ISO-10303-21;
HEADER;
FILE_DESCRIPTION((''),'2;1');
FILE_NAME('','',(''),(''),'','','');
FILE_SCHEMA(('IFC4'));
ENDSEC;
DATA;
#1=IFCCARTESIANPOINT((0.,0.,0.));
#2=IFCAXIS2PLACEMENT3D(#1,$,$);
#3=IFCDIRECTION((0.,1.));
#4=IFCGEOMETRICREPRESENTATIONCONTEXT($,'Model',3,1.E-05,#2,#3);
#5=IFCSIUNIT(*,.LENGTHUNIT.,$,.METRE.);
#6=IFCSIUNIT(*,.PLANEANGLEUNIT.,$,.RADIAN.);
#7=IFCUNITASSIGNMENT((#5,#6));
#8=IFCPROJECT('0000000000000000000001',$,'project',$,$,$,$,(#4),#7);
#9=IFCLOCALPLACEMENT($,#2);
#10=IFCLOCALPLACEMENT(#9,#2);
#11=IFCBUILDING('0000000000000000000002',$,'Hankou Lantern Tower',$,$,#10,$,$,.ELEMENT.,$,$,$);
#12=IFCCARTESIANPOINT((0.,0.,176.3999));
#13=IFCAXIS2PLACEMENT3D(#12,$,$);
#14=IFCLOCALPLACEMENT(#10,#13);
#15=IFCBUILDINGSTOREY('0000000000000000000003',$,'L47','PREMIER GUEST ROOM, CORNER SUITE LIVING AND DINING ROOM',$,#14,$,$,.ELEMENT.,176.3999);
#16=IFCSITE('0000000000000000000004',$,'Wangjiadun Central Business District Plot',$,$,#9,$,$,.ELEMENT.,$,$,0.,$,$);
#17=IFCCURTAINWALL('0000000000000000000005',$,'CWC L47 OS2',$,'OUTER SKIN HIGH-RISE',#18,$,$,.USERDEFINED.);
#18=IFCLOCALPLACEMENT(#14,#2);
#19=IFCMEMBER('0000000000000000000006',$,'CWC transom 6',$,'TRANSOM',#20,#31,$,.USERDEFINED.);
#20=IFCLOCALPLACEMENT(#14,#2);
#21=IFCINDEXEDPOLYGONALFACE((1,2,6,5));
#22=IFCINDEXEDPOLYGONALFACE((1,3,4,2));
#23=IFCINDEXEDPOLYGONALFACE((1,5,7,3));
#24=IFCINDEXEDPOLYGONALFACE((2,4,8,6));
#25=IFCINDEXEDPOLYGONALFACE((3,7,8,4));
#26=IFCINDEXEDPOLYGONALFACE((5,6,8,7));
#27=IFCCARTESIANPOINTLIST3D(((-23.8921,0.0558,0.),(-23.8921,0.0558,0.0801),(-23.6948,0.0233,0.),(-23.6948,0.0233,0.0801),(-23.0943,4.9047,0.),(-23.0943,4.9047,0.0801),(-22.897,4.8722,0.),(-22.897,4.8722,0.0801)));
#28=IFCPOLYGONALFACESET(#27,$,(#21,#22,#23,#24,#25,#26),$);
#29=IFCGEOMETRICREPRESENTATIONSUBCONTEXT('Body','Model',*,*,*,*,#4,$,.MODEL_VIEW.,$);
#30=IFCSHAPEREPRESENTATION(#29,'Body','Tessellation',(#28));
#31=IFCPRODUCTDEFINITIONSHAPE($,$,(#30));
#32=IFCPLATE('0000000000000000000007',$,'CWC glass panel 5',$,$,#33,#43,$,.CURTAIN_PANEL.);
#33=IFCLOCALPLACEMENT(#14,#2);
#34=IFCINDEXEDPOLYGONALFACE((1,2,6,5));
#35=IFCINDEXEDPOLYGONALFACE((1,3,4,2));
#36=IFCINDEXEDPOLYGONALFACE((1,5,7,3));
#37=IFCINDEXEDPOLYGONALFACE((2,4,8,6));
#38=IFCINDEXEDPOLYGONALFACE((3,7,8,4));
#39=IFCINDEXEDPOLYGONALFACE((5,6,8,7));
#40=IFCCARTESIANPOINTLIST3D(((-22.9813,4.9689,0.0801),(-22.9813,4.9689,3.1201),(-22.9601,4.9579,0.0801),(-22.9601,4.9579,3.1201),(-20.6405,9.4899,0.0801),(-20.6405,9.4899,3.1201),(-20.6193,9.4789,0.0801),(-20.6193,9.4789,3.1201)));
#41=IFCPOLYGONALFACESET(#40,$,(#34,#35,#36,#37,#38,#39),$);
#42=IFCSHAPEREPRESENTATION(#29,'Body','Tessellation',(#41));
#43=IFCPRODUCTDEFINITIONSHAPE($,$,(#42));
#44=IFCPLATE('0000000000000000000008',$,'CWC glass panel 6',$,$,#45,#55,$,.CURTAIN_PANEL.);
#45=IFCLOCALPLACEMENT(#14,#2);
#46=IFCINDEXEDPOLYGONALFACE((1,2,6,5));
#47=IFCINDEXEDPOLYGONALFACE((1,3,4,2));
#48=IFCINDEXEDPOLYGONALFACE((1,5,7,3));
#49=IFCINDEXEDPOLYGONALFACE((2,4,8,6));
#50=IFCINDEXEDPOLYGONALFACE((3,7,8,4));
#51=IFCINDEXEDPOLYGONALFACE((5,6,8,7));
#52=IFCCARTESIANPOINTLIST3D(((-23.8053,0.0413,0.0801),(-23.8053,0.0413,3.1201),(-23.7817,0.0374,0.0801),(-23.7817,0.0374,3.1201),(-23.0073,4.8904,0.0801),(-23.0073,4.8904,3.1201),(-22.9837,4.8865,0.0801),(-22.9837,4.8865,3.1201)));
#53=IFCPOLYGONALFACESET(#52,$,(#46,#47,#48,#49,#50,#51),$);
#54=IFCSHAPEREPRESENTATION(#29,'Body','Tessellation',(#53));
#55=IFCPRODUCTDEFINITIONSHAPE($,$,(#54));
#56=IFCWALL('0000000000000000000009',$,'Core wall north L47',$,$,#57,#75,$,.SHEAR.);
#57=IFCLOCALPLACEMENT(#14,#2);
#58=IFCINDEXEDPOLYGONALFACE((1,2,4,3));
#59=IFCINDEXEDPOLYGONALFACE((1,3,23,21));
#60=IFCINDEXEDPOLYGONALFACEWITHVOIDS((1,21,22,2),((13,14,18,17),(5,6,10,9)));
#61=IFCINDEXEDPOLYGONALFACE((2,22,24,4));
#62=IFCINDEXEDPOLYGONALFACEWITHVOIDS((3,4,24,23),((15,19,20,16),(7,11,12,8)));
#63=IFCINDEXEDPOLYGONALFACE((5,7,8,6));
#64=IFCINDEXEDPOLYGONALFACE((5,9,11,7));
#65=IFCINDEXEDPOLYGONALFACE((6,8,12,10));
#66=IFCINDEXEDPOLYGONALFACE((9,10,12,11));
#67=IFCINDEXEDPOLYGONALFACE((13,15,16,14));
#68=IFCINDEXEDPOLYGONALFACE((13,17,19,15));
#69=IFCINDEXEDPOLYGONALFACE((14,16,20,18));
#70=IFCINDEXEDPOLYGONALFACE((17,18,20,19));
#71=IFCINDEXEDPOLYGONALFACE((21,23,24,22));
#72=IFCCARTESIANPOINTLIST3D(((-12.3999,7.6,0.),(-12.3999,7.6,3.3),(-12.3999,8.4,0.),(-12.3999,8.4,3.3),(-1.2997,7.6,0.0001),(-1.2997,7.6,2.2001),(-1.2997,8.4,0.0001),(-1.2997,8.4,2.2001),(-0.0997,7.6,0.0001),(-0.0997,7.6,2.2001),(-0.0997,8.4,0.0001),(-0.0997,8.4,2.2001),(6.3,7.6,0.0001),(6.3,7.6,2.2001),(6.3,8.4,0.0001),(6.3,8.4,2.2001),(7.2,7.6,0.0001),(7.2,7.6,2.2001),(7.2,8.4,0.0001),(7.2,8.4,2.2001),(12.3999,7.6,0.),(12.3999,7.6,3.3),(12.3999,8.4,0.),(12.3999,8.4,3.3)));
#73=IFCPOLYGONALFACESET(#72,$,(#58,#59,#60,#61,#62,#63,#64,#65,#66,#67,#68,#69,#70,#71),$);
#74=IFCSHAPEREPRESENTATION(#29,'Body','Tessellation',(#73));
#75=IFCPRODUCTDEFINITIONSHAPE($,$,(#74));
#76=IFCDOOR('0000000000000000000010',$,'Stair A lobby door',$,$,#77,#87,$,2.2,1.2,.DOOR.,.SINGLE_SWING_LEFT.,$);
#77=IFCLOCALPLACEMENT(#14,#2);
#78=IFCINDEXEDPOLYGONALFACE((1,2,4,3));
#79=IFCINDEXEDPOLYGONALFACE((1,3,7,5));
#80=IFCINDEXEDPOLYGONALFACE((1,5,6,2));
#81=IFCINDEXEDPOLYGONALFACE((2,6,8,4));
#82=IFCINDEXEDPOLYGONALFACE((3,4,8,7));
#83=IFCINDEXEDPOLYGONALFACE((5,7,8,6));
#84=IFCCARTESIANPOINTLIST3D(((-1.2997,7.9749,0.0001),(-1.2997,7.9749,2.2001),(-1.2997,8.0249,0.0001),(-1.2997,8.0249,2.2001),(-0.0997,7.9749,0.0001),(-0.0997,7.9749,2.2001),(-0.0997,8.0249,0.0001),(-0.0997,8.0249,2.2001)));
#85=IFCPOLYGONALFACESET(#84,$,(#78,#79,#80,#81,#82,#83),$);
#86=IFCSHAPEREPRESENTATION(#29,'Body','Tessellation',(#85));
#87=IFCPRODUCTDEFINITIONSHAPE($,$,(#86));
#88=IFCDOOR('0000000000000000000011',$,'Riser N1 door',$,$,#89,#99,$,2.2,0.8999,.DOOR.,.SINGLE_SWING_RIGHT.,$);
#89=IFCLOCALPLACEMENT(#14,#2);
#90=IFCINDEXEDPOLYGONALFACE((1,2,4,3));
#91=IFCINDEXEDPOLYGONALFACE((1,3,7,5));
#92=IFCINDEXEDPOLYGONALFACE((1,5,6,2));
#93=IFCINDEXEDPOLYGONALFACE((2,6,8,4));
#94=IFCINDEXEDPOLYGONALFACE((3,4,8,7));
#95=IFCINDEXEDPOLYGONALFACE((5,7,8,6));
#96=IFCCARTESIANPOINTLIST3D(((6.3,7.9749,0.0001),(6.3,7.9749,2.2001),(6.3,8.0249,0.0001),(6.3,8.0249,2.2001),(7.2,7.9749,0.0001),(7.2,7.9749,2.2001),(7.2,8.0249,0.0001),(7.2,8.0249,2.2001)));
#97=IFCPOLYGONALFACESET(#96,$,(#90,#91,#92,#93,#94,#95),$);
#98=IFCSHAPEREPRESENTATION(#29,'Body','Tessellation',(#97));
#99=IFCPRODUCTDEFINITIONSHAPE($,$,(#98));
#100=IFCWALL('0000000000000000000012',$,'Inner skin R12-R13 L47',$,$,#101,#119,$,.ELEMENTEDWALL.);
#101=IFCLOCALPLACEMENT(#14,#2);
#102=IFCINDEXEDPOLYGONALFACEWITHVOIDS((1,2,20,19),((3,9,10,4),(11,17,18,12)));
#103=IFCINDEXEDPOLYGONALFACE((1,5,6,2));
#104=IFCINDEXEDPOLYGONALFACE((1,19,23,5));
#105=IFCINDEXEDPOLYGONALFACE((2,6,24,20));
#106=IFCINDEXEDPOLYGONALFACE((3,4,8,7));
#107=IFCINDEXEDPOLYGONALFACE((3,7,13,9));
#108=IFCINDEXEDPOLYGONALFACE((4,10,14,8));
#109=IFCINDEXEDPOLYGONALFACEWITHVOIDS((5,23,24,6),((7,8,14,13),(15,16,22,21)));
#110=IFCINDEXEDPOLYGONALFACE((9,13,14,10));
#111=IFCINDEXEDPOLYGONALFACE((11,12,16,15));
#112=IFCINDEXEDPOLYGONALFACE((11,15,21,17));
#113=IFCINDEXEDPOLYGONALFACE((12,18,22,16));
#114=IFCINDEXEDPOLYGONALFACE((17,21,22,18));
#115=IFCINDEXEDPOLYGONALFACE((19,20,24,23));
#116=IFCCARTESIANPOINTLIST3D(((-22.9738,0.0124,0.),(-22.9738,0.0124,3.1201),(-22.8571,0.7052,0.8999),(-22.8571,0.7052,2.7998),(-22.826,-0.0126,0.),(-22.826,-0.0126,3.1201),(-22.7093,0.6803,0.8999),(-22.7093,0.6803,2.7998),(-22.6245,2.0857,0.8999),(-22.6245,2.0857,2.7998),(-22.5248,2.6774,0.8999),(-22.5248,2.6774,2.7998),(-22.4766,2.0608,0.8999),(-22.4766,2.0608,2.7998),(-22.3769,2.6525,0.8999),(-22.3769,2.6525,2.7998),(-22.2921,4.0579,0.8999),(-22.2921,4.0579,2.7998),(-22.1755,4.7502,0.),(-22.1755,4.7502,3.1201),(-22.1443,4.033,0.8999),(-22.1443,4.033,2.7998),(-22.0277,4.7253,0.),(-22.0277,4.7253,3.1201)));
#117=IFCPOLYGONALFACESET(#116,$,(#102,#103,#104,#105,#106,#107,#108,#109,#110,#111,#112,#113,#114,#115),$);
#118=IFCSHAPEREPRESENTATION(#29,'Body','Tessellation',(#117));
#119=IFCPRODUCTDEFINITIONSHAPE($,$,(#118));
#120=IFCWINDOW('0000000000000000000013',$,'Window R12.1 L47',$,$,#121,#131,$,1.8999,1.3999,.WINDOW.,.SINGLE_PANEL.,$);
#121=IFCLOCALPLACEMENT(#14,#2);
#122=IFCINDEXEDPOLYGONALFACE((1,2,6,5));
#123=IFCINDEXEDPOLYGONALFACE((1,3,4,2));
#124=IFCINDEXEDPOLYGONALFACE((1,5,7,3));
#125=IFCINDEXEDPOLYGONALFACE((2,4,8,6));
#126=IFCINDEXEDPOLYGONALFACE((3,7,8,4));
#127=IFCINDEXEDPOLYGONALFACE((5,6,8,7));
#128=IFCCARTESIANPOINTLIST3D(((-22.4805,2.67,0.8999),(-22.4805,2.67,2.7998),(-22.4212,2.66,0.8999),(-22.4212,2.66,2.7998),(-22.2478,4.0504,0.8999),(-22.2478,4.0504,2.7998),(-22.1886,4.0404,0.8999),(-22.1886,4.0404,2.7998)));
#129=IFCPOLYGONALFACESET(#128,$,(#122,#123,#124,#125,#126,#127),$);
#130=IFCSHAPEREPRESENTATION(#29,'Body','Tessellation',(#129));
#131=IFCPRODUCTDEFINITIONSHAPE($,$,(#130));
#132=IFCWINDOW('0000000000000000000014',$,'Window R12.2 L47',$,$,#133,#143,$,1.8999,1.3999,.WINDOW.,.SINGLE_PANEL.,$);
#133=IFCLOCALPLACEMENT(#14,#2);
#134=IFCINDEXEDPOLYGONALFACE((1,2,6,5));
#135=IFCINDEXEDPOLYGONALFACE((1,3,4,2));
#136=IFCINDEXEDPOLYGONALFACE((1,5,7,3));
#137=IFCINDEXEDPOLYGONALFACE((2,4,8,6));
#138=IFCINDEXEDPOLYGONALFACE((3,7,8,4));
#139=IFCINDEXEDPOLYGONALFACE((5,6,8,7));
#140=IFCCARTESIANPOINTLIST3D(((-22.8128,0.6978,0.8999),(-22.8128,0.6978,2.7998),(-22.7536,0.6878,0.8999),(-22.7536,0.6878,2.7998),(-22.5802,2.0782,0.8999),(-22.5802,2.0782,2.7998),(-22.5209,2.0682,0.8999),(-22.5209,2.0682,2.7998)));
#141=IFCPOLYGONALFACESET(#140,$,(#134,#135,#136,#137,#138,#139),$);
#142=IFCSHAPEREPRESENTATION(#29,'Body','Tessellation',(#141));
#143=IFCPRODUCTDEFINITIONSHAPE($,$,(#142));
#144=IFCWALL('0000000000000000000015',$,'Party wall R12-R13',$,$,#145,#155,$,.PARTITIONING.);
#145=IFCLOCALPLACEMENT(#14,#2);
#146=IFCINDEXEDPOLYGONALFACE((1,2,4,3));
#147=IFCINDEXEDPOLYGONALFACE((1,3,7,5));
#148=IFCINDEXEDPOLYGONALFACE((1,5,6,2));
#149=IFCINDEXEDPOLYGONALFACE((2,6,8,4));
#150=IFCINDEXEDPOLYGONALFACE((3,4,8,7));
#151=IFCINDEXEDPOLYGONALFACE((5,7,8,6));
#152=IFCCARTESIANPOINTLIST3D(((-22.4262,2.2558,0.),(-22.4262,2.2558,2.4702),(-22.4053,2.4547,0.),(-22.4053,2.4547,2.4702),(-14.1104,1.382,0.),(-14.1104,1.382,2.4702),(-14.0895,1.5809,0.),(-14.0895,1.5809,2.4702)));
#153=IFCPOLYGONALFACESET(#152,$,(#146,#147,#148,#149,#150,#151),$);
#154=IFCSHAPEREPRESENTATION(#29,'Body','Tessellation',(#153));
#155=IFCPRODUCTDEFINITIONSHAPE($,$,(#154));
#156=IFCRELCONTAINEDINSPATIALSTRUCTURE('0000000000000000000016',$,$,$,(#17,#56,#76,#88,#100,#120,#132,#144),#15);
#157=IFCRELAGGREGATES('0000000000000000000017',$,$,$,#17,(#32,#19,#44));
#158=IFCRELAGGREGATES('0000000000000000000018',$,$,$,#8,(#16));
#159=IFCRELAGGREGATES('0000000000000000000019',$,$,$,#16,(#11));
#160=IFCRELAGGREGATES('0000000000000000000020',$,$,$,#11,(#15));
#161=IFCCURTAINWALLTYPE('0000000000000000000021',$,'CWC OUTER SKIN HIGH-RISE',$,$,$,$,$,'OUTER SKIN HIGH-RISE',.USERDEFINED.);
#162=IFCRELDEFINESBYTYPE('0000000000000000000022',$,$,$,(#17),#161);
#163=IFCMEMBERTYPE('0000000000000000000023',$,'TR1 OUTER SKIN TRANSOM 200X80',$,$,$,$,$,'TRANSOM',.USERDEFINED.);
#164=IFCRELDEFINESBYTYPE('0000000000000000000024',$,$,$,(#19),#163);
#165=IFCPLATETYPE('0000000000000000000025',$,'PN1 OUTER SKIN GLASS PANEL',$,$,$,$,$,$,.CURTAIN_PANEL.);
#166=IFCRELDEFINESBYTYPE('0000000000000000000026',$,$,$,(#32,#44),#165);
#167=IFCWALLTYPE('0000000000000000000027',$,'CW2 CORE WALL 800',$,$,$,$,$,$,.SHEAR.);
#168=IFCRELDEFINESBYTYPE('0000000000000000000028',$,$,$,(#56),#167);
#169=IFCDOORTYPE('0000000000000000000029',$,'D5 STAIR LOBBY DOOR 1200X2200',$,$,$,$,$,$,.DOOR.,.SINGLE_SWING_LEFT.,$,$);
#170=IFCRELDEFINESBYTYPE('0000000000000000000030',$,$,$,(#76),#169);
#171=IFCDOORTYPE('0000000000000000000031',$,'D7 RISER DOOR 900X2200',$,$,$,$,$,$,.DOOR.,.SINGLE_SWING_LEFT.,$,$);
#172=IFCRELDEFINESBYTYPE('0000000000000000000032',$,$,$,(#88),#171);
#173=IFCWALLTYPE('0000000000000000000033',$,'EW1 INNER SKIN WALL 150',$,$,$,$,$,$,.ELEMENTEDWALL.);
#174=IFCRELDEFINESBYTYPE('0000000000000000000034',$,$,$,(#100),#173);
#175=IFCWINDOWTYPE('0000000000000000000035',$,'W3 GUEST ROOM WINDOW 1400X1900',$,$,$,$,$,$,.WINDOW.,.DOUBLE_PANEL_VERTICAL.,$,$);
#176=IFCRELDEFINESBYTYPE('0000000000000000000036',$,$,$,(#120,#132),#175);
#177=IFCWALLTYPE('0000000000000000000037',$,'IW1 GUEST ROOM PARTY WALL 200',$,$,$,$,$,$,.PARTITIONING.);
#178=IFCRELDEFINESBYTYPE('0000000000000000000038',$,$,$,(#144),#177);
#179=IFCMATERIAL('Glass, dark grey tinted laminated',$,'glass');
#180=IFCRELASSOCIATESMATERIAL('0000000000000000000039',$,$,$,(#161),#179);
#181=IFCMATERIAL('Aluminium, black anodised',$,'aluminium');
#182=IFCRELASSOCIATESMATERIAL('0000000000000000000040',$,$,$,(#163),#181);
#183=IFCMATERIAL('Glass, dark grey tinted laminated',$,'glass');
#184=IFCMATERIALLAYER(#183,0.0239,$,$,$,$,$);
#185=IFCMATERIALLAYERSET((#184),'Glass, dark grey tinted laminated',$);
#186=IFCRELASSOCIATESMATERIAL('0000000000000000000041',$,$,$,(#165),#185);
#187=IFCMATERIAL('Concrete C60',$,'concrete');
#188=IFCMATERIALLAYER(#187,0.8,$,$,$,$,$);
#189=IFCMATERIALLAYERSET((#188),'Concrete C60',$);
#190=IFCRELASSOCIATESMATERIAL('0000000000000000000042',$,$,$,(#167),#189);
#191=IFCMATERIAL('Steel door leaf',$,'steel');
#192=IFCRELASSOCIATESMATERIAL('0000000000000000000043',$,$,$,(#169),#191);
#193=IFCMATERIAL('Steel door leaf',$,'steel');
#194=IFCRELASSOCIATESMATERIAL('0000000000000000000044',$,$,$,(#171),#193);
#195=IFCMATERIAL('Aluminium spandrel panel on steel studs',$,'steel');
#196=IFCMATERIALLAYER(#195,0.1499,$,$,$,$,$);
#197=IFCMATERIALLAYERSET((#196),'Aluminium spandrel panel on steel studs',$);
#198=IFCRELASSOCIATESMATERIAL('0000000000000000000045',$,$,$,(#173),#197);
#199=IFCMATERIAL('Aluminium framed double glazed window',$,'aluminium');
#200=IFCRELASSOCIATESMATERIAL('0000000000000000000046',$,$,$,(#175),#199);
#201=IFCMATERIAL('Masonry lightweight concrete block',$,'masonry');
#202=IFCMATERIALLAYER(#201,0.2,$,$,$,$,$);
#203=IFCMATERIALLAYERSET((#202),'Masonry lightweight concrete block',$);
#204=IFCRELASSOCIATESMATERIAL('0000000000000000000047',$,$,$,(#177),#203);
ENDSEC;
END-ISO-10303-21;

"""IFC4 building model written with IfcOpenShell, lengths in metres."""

from ifc_helpers import new_model, si_unit, direction, frame, frame_2d, origin, origin_2d, place, context, subcontext, project, spatial, rectangle, extrude, material, layer, layer_set, material_profile, profile_set, type_object, element, fill, aggregate, save


model = new_model("IFC4")

# Units and contexts
model_context = context("Model", 3, precision=1e-05, world=origin(), true_north=direction((0.0, 1.0)))
body_context = subcontext(model_context, "Body", "Model", "MODEL_VIEW")
ifc_project = project(units=[si_unit("LENGTHUNIT", "METRE"), si_unit("PLANEANGLEUNIT", "RADIAN")], contexts=[model_context])

# Site, building, storey
site_placement = place(None, origin())
site = spatial("IfcSite", under=ifc_project, at=site_placement, Name="Wangjiadun Central Business District Plot", CompositionType="ELEMENT", RefElevation=0.0)
building_placement = place(site_placement, origin())
building = spatial("IfcBuilding", under=site, at=building_placement, Name="Hankou Lantern Tower", CompositionType="ELEMENT")
storey_placement = place(building_placement, frame((0.0, 0.0, 176.3999)))
storey = spatial("IfcBuildingStorey", under=building, at=storey_placement, Name="L47", Description="PREMIER GUEST ROOM, CORNER SUITE LIVING AND DINING ROOM", CompositionType="ELEMENT", Elevation=176.3999)

# Curtain wall
ifc_material_1 = material(Name="Glass, dark grey tinted laminated", Category="glass")
curtain_wall_type = type_object("IfcCurtainWallType", Name="CWC OUTER SKIN HIGH-RISE", ElementType="OUTER SKIN HIGH-RISE", PredefinedType="USERDEFINED", material=ifc_material_1)
curtain_wall_placement = place(storey_placement, origin())
curtain_wall = element("IfcCurtainWall", 1, at=curtain_wall_placement, inside=storey, type_object=curtain_wall_type, Name="CWC L47 OS2", ObjectType="OUTER SKIN HIGH-RISE", PredefinedType="USERDEFINED")

# Member
ifc_material_2 = material(Name="Aluminium, black anodised", Category="aluminium")
ifc_material_profile_1 = material_profile(ifc_material_2, rectangle(XDim=0.2, YDim=0.0801, at=origin_2d()), Name="TR1 200X80")
ifc_profile_set_1 = profile_set([ifc_material_profile_1], Name="Aluminium, black anodised")
member_type_1 = type_object("IfcMemberType", Name="TR1 OUTER SKIN TRANSOM 200X80", ElementType="TRANSOM", PredefinedType="USERDEFINED", material=ifc_profile_set_1)
member_1_placement = place(storey_placement, frame((-22.9956, 4.8884, 0.04), z_axis=(-0.16236, -0.986732, 0.0), x_axis=(0.986732, -0.16236, 0.0)))
member_1 = element("IfcMember", 2, at=member_1_placement, type_object=member_type_1, Name="CWC transom 6", ObjectType="TRANSOM", PredefinedType="USERDEFINED", context=body_context, shape_type="SweptSolid", body=[
    extrude(rectangle(XDim=0.2, YDim=0.0801, at=origin_2d()), origin(), (0.0, 0.0, 1.0), 4.9141),
])

# Plates
ifc_material_3 = material(Name="Glass, dark grey tinted laminated", Category="glass")
ifc_layer_1 = layer(ifc_material_3, 0.0239)
ifc_layer_set_1 = layer_set([ifc_layer_1], Name="Glass, dark grey tinted laminated")
plate_type = type_object("IfcPlateType", Name="PN1 OUTER SKIN GLASS PANEL", PredefinedType="CURTAIN_PANEL", material=ifc_layer_set_1)
plate_1_placement = place(storey_placement, frame((-21.8003, 7.2239, 0.0801), z_axis=(0.0, 0.0, 1.0), x_axis=(-0.459791, -0.888027, 0.0)))
plate_1 = element("IfcPlate", 3, at=plate_1_placement, type_object=plate_type, Name="CWC glass panel 5", PredefinedType="CURTAIN_PANEL", context=body_context, shape_type="SweptSolid", body=[
    extrude(rectangle(XDim=5.0911, YDim=0.0239, at=origin_2d()), origin(), (0.0, 0.0, 1.0), 3.04),
])
plate_2_placement = place(storey_placement, frame((-23.3945, 2.4639, 0.0801), z_axis=(0.0, 0.0, 1.0), x_axis=(-0.162382, -0.986728, 0.0)))
plate_2 = element("IfcPlate", 4, at=plate_2_placement, type_object=plate_type, Name="CWC glass panel 6", PredefinedType="CURTAIN_PANEL", context=body_context, shape_type="SweptSolid", body=[
    extrude(rectangle(XDim=4.9143, YDim=0.0239, at=origin_2d()), origin(), (0.0, 0.0, 1.0), 3.04),
])
aggregate(curtain_wall, [plate_1, member_1, plate_2])

# Wall, openings, doors
ifc_material_4 = material(Name="Concrete C60", Category="concrete")
ifc_layer_2 = layer(ifc_material_4, 0.8)
ifc_layer_set_2 = layer_set([ifc_layer_2], Name="Concrete C60")
wall_type_1 = type_object("IfcWallType", Name="CW2 CORE WALL 800", PredefinedType="SHEAR", material=ifc_layer_set_2)
wall_1_placement = place(storey_placement, frame((-12.3999, 8.0, 0.0), z_axis=(0.0, 0.0, 1.0), x_axis=(1.0, 0.0, 0.0)))
wall_1 = element("IfcWall", 5, at=wall_1_placement, inside=storey, type_object=wall_type_1, Name="Core wall north L47", PredefinedType="SHEAR", context=body_context, shape_type="SweptSolid", body=[
    extrude(rectangle(XDim=24.7998, YDim=0.8, at=frame_2d((12.3999, 0.0))), origin(), (0.0, 0.0, 1.0), 3.3),
])
opening_1_placement = place(wall_1_placement, frame((11.1001, 0.0, 0.0)))
opening_1 = element("IfcOpeningElement", 6, at=opening_1_placement, cuts=wall_1, PredefinedType="OPENING", context=body_context, shape_type="SweptSolid", body=[
    extrude(rectangle(XDim=1.2, YDim=2.2, at=frame_2d((0.6001, 1.1001))), frame((0.0, 0.4099, 0.0), z_axis=(0.0, -1.0, 0.0), x_axis=(1.0, 0.0, 0.0)), (0.0, 0.0, 1.0), 0.8201),
])
opening_2_placement = place(wall_1_placement, frame((18.7, 0.0, 0.0)))
opening_2 = element("IfcOpeningElement", 7, at=opening_2_placement, cuts=wall_1, PredefinedType="OPENING", context=body_context, shape_type="SweptSolid", body=[
    extrude(rectangle(XDim=0.8999, YDim=2.2, at=frame_2d((0.45, 1.1001))), frame((0.0, 0.4099, 0.0), z_axis=(0.0, -1.0, 0.0), x_axis=(1.0, 0.0, 0.0)), (0.0, 0.0, 1.0), 0.8201),
])
ifc_material_5 = material(Name="Steel door leaf", Category="steel")
door_type_1 = type_object("IfcDoorType", Name="D5 STAIR LOBBY DOOR 1200X2200", OperationType="SINGLE_SWING_LEFT", PredefinedType="DOOR", material=ifc_material_5)
door_1_placement = place(opening_1_placement, origin())
door_1 = element("IfcDoor", 8, at=door_1_placement, inside=storey, type_object=door_type_1, Name="Stair A lobby door", OperationType="SINGLE_SWING_LEFT", OverallHeight=2.2, OverallWidth=1.2, PredefinedType="DOOR", context=body_context, shape_type="SweptSolid", body=[
    extrude(rectangle(XDim=1.2, YDim=2.2, at=frame_2d((0.6001, 1.1001))), frame((0.0, 0.0249, 0.0), z_axis=(0.0, -1.0, 0.0), x_axis=(1.0, 0.0, 0.0)), (0.0, 0.0, 1.0), 0.05),
])
fill(opening_1, door_1)
ifc_material_6 = material(Name="Steel door leaf", Category="steel")
door_type_2 = type_object("IfcDoorType", Name="D7 RISER DOOR 900X2200", OperationType="SINGLE_SWING_LEFT", PredefinedType="DOOR", material=ifc_material_6)
door_2_placement = place(opening_2_placement, origin())
door_2 = element("IfcDoor", 9, at=door_2_placement, inside=storey, type_object=door_type_2, Name="Riser N1 door", OperationType="SINGLE_SWING_RIGHT", OverallHeight=2.2, OverallWidth=0.8999, PredefinedType="DOOR", context=body_context, shape_type="SweptSolid", body=[
    extrude(rectangle(XDim=0.8999, YDim=2.2, at=frame_2d((0.45, 1.1001))), frame((0.0, 0.0249, 0.0), z_axis=(0.0, -1.0, 0.0), x_axis=(1.0, 0.0, 0.0)), (0.0, 0.0, 1.0), 0.05),
])
fill(opening_2, door_2)

# Wall, openings, windows
ifc_material_7 = material(Name="Aluminium spandrel panel on steel studs", Category="steel")
ifc_layer_3 = layer(ifc_material_7, 0.1499)
ifc_layer_set_3 = layer_set([ifc_layer_3], Name="Aluminium spandrel panel on steel studs")
wall_type_2 = type_object("IfcWallType", Name="EW1 INNER SKIN WALL 150", PredefinedType="ELEMENTEDWALL", material=ifc_layer_set_3)
wall_2_placement = place(storey_placement, frame((-22.1016, 4.7378, 0.0), z_axis=(0.0, 0.0, 1.0), x_axis=(-0.166162, -0.986098, 0.0)))
wall_2 = element("IfcWall", 10, at=wall_2_placement, inside=storey, type_object=wall_type_2, Name="Inner skin R12-R13 L47", PredefinedType="ELEMENTEDWALL", context=body_context, shape_type="SweptSolid", body=[
    extrude(rectangle(XDim=4.8047, YDim=0.1499, at=frame_2d((2.4023, 0.0))), origin(), (0.0, 0.0, 1.0), 3.1201),
])
opening_3_placement = place(wall_2_placement, frame((0.7021, 0.0, 0.8999)))
opening_3 = element("IfcOpeningElement", 11, at=opening_3_placement, cuts=wall_2, PredefinedType="OPENING", context=body_context, shape_type="SweptSolid", body=[
    extrude(rectangle(XDim=1.3999, YDim=1.8999, at=frame_2d((0.7, 0.95))), frame((0.0, 0.085, 0.0), z_axis=(0.0, -1.0, 0.0), x_axis=(1.0, 0.0, 0.0)), (0.0, 0.0, 1.0), 0.1699),
])
opening_4_placement = place(wall_2_placement, frame((2.7021, 0.0, 0.8999)))
opening_4 = element("IfcOpeningElement", 12, at=opening_4_placement, cuts=wall_2, PredefinedType="OPENING", context=body_context, shape_type="SweptSolid", body=[
    extrude(rectangle(XDim=1.3999, YDim=1.8999, at=frame_2d((0.7, 0.95))), frame((0.0, 0.085, 0.0), z_axis=(0.0, -1.0, 0.0), x_axis=(1.0, 0.0, 0.0)), (0.0, 0.0, 1.0), 0.1699),
])
ifc_material_8 = material(Name="Aluminium framed double glazed window", Category="aluminium")
window_type = type_object("IfcWindowType", Name="W3 GUEST ROOM WINDOW 1400X1900", PartitioningType="DOUBLE_PANEL_VERTICAL", PredefinedType="WINDOW", material=ifc_material_8)
window_1_placement = place(opening_3_placement, origin())
window_1 = element("IfcWindow", 13, at=window_1_placement, inside=storey, type_object=window_type, Name="Window R12.1 L47", OverallHeight=1.8999, OverallWidth=1.3999, PartitioningType="SINGLE_PANEL", PredefinedType="WINDOW", context=body_context, shape_type="SweptSolid", body=[
    extrude(rectangle(XDim=1.3999, YDim=1.8999, at=frame_2d((0.7, 0.95))), frame((0.0, 0.03, 0.0), z_axis=(0.0, -1.0, 0.0), x_axis=(1.0, 0.0, 0.0)), (0.0, 0.0, 1.0), 0.0601),
])
fill(opening_3, window_1)
window_2_placement = place(opening_4_placement, origin())
window_2 = element("IfcWindow", 14, at=window_2_placement, inside=storey, type_object=window_type, Name="Window R12.2 L47", OverallHeight=1.8999, OverallWidth=1.3999, PartitioningType="SINGLE_PANEL", PredefinedType="WINDOW", context=body_context, shape_type="SweptSolid", body=[
    extrude(rectangle(XDim=1.3999, YDim=1.8999, at=frame_2d((0.7, 0.95))), frame((0.0, 0.03, 0.0), z_axis=(0.0, -1.0, 0.0), x_axis=(1.0, 0.0, 0.0)), (0.0, 0.0, 1.0), 0.0601),
])
fill(opening_4, window_2)

# Wall
ifc_material_9 = material(Name="Masonry lightweight concrete block", Category="masonry")
ifc_layer_4 = layer(ifc_material_9, 0.2)
ifc_layer_set_4 = layer_set([ifc_layer_4], Name="Masonry lightweight concrete block")
wall_type_3 = type_object("IfcWallType", Name="IW1 GUEST ROOM PARTY WALL 200", PredefinedType="PARTITIONING", material=ifc_layer_set_4)
wall_3_placement = place(storey_placement, frame((-14.1001, 1.4814, 0.0), z_axis=(0.0, 0.0, 1.0), x_axis=(-0.994525, 0.104501, 0.0)))
element("IfcWall", 15, at=wall_3_placement, inside=storey, type_object=wall_type_3, Name="Party wall R12-R13", PredefinedType="PARTITIONING", context=body_context, shape_type="SweptSolid", body=[
    extrude(rectangle(XDim=8.3616, YDim=0.2, at=frame_2d((4.1807, 0.0))), origin(), (0.0, 0.0, 1.0), 2.4702),
])

save(model, "model.ifc")
